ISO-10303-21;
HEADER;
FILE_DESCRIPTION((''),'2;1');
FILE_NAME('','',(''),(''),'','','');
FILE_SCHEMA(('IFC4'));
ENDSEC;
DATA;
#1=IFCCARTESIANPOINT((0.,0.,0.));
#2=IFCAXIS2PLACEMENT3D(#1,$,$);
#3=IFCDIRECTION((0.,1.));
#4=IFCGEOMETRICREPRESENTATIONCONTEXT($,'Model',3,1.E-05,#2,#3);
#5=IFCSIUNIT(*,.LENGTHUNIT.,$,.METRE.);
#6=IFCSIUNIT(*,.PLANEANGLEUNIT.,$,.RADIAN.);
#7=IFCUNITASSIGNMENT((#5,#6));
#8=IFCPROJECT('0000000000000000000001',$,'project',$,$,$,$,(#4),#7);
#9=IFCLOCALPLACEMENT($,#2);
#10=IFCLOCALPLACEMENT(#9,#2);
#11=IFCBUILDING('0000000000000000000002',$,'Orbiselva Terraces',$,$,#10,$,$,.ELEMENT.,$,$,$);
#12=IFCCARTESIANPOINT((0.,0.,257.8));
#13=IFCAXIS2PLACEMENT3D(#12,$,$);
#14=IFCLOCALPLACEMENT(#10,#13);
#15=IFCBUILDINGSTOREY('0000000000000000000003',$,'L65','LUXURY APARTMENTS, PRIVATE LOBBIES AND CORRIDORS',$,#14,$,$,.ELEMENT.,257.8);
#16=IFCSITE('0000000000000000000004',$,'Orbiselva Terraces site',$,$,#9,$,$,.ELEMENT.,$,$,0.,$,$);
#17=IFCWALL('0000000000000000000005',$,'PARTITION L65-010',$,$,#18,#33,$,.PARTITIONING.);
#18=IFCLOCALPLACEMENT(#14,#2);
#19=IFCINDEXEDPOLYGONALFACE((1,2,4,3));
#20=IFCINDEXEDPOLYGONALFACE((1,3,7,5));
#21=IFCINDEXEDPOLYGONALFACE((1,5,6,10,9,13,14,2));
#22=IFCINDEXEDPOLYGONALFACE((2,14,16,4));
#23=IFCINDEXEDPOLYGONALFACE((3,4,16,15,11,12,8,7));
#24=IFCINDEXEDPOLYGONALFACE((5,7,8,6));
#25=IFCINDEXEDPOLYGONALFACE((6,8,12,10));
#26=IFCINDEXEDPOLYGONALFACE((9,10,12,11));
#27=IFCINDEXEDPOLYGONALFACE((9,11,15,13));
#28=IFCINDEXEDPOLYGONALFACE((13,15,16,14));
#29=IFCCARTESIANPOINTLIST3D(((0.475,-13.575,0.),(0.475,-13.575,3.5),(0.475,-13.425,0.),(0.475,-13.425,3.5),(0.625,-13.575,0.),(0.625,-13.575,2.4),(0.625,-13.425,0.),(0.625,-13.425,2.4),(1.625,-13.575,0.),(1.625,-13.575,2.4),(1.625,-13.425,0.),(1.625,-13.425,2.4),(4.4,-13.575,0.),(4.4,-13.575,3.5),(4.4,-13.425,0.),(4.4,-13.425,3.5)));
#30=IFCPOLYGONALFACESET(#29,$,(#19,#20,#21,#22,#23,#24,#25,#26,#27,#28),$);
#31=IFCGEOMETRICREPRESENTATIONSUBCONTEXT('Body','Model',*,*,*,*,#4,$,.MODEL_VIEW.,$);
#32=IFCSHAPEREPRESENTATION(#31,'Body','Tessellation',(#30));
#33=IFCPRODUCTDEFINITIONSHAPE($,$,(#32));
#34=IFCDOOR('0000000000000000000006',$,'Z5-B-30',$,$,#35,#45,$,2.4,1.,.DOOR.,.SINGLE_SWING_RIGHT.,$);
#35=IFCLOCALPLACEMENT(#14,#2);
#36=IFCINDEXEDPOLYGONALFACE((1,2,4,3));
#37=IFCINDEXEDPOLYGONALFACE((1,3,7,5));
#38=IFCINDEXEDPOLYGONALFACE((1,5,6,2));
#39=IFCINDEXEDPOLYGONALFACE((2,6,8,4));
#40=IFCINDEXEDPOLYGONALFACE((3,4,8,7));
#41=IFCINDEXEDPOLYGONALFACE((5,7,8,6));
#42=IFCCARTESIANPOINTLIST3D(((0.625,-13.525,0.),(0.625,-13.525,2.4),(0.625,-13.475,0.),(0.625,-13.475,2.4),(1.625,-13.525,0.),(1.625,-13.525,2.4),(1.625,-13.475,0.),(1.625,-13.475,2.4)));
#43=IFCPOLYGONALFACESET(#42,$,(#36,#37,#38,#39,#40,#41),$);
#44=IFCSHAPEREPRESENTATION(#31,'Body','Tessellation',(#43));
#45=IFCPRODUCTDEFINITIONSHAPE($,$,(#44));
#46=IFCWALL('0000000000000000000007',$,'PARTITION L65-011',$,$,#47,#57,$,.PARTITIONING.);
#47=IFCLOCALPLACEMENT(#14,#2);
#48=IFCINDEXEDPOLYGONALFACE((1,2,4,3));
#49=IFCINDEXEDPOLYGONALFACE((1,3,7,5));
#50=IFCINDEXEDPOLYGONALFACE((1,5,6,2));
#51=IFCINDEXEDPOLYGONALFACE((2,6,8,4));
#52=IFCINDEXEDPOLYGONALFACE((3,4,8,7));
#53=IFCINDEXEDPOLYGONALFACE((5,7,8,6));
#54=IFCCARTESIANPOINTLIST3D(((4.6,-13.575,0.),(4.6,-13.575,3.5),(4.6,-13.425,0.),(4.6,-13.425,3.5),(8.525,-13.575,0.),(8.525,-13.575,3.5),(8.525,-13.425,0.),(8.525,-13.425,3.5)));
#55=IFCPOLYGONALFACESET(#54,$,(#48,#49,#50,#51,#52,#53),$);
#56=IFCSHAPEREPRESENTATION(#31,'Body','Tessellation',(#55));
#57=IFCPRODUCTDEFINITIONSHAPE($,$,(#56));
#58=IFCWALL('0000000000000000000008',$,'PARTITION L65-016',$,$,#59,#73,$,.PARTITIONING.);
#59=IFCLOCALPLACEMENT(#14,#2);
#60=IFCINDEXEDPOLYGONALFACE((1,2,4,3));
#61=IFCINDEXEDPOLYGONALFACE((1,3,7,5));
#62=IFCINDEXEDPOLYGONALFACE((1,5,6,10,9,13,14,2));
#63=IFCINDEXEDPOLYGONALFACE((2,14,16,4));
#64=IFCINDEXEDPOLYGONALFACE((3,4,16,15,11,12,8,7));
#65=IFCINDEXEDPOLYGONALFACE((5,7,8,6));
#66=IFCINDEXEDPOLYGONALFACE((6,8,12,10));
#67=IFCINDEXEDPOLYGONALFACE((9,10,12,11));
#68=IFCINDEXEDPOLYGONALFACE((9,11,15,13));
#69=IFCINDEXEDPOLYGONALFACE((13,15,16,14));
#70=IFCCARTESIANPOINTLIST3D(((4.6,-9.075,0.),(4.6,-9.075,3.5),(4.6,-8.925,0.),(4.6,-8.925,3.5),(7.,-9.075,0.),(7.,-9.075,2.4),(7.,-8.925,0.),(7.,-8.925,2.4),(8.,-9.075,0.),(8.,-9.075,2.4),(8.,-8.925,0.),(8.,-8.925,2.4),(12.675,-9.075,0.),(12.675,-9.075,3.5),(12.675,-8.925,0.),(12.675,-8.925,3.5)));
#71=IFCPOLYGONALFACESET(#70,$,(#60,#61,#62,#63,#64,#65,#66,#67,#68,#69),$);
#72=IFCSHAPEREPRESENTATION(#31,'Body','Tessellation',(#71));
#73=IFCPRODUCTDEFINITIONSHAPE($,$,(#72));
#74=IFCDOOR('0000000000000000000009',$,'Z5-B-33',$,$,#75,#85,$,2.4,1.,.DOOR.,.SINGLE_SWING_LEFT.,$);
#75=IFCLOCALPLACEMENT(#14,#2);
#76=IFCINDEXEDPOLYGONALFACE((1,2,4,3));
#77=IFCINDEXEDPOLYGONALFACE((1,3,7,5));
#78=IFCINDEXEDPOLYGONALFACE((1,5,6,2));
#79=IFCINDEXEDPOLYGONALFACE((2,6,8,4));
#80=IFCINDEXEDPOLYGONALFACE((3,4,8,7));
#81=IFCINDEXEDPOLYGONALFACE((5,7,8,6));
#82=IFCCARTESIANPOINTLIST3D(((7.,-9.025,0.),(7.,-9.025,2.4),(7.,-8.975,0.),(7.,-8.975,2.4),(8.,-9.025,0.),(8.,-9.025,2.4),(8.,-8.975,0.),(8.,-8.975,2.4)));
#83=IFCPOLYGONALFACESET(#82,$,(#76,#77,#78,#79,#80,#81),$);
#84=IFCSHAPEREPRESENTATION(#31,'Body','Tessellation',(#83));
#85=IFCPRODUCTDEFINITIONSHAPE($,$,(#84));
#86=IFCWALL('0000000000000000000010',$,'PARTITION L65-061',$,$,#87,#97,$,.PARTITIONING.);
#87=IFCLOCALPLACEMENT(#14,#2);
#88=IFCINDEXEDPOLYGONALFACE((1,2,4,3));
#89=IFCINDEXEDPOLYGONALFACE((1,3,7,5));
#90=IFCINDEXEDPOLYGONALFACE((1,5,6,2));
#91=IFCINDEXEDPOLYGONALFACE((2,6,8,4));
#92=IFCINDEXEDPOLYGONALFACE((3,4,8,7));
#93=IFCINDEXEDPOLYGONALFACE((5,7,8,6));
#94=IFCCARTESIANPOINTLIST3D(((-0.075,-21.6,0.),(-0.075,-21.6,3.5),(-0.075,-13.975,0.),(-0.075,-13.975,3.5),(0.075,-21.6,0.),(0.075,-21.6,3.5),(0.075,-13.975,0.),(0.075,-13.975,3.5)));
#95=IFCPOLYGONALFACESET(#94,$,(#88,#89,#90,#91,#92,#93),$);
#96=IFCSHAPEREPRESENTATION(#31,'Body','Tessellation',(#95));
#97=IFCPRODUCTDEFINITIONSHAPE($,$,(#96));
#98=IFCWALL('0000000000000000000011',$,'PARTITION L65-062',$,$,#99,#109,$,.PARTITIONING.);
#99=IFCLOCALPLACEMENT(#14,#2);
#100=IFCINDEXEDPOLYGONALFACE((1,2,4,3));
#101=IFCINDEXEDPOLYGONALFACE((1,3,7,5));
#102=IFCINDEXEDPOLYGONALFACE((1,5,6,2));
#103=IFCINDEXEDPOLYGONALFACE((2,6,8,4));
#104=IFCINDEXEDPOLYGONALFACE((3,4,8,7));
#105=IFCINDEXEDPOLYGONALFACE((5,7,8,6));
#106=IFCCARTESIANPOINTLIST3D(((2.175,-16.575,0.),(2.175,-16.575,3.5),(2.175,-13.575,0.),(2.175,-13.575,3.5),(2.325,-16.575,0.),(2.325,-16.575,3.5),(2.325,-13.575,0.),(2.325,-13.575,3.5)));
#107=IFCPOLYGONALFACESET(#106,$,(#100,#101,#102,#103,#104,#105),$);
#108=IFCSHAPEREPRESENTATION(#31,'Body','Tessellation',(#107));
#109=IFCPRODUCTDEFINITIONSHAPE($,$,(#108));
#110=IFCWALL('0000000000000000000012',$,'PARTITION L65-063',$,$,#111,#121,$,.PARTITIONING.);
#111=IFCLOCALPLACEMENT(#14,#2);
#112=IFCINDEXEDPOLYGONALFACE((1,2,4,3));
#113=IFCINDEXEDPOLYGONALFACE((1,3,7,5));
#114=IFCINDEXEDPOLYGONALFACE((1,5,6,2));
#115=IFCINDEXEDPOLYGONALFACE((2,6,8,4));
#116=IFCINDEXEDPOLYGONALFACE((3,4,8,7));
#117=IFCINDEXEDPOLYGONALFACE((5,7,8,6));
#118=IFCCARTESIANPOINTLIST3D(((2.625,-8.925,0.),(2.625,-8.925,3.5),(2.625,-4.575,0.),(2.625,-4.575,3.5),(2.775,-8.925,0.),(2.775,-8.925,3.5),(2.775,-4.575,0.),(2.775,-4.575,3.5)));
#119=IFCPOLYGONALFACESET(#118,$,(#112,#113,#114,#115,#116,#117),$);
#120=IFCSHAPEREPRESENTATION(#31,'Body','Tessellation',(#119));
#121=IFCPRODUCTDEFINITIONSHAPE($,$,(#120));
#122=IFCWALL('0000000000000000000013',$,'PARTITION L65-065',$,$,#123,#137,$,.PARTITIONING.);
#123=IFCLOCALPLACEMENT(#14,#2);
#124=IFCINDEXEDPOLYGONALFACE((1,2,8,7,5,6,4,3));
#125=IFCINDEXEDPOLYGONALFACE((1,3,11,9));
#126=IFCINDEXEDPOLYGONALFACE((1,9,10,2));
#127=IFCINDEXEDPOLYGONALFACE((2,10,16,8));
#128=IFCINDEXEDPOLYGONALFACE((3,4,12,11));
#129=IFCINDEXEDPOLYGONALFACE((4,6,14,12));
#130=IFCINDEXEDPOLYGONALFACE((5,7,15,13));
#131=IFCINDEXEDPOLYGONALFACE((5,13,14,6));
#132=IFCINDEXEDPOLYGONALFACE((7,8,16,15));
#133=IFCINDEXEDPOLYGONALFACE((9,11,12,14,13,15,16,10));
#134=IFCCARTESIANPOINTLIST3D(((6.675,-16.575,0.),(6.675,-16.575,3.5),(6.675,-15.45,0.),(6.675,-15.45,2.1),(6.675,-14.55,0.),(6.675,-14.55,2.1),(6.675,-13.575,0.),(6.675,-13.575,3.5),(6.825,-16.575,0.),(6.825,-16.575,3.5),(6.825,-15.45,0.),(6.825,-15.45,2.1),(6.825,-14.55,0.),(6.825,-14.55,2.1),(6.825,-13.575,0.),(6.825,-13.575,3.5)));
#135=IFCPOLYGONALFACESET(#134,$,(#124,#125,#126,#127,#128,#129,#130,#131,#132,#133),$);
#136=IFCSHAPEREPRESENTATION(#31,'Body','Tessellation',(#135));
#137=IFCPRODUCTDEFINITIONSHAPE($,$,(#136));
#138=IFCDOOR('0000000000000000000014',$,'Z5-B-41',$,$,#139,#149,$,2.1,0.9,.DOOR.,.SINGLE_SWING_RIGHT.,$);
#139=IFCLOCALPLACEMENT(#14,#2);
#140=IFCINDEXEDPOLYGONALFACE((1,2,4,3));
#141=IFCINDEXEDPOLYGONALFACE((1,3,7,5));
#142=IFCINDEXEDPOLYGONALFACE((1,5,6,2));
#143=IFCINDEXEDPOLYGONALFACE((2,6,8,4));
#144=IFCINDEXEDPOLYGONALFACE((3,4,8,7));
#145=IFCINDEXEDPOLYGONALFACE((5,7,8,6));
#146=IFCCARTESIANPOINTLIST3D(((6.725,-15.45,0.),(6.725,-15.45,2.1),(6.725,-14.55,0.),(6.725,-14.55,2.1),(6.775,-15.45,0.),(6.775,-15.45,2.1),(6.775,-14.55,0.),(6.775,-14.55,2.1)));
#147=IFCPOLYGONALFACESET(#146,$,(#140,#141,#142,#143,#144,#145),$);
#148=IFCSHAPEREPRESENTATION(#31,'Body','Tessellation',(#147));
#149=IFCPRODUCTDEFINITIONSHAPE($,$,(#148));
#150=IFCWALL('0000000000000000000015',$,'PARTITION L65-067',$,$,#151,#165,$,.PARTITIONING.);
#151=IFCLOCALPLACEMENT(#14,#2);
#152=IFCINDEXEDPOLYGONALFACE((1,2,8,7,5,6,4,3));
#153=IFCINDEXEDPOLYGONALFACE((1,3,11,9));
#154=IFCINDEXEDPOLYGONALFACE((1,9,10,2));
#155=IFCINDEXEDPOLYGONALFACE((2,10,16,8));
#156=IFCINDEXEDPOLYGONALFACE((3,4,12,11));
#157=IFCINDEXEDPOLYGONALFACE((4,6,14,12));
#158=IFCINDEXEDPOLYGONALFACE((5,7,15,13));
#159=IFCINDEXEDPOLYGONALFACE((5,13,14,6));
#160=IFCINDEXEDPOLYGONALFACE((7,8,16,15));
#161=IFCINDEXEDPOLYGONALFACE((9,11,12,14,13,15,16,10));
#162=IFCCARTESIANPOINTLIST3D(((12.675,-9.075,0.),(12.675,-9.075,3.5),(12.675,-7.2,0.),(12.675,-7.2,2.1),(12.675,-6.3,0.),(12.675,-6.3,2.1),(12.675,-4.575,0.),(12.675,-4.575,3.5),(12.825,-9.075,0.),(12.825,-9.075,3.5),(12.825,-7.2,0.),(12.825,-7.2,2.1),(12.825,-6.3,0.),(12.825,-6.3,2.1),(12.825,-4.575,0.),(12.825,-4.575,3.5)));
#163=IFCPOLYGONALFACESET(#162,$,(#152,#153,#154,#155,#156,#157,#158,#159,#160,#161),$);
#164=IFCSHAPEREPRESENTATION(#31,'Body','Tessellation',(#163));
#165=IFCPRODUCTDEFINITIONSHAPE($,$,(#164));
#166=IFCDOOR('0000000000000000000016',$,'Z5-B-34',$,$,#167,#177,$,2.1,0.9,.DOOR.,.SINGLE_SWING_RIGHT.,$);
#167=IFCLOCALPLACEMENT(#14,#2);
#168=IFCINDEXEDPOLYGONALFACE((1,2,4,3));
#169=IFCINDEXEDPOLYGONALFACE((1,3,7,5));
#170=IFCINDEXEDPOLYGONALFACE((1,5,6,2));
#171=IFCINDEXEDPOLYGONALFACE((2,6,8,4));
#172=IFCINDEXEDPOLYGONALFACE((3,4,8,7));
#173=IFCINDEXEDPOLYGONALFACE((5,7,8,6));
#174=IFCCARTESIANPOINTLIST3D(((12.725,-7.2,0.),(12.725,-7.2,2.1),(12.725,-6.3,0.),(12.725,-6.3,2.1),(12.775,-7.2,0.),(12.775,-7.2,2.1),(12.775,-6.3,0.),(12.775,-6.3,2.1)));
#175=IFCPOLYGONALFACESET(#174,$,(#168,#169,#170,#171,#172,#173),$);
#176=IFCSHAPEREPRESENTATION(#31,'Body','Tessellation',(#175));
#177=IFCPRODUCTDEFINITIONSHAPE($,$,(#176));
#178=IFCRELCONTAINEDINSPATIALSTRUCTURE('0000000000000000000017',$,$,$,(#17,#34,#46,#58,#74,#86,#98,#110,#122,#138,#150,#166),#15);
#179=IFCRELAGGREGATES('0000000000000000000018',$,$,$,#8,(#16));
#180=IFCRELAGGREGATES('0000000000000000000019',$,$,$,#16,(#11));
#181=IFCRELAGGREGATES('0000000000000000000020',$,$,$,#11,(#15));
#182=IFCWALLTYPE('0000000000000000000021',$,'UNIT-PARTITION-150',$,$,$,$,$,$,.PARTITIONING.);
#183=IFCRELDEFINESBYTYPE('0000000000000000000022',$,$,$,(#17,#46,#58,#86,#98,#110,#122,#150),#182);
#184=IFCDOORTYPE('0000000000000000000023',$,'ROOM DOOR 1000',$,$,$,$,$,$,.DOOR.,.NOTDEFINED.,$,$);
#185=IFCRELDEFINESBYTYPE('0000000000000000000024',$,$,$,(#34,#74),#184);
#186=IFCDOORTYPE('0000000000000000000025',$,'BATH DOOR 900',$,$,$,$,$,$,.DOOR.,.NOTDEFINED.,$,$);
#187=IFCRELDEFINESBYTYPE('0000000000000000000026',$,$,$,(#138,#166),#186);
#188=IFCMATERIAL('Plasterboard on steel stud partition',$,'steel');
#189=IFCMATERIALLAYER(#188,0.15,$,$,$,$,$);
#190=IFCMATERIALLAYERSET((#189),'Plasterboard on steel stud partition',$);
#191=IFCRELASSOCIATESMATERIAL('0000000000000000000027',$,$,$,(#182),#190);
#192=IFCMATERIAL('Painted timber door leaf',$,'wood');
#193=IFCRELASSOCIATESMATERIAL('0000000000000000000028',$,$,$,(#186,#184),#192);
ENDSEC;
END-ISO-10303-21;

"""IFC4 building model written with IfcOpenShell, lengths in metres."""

from ifc_helpers import new_model, si_unit, direction, frame, frame_2d, origin, place, context, subcontext, project, spatial, rectangle, extrude, material, layer, layer_set, type_object, element, fill, save


model = new_model("IFC4")

# Units and contexts
model_context = context("Model", 3, precision=1e-05, world=origin(), true_north=direction((0.0, 1.0)))
body_context = subcontext(model_context, "Body", "Model", "MODEL_VIEW")
ifc_project = project(units=[si_unit("LENGTHUNIT", "METRE"), si_unit("PLANEANGLEUNIT", "RADIAN")], contexts=[model_context])

# Site, building, storey
site_placement = place(None, origin())
site = spatial("IfcSite", under=ifc_project, at=site_placement, Name="Orbiselva Terraces site", CompositionType="ELEMENT", RefElevation=0.0)
building_placement = place(site_placement, origin())
building = spatial("IfcBuilding", under=site, at=building_placement, Name="Orbiselva Terraces", CompositionType="ELEMENT")
storey_placement = place(building_placement, frame((0.0, 0.0, 257.8)))
storey = spatial("IfcBuildingStorey", under=building, at=storey_placement, Name="L65", Description="LUXURY APARTMENTS, PRIVATE LOBBIES AND CORRIDORS", CompositionType="ELEMENT", Elevation=257.8)

# Shared definitions
ifc_material_1 = material(Name="Plasterboard on steel stud partition", Category="steel")
ifc_layer_1 = layer(ifc_material_1, 0.15)
ifc_layer_set_1 = layer_set([ifc_layer_1], Name="Plasterboard on steel stud partition")
wall_type_1 = type_object("IfcWallType", Name="UNIT-PARTITION-150", PredefinedType="PARTITIONING", material=ifc_layer_set_1)
ifc_material_2 = material(Name="Painted timber door leaf", Category="wood")
door_type_1 = type_object("IfcDoorType", Name="BATH DOOR 900", OperationType="NOTDEFINED", PredefinedType="DOOR", material=ifc_material_2)

# Wall, opening, door
wall_1_placement = place(storey_placement, frame((4.4, -13.5, 0.0), z_axis=(0.0, 0.0, 1.0), x_axis=(-1.0, 0.0, 0.0)))
wall_1 = element("IfcWall", 1, at=wall_1_placement, inside=storey, type_object=wall_type_1, Name="PARTITION L65-010", PredefinedType="PARTITIONING", context=body_context, shape_type="SweptSolid", body=[
    extrude(rectangle(XDim=3.925, YDim=0.15, at=frame_2d((1.9625, 0.0))), origin(), (0.0, 0.0, 1.0), 3.5),
])
opening_1_placement = place(wall_1_placement, frame((2.775, 0.0, 0.0)))
opening_1 = element("IfcOpeningElement", 2, at=opening_1_placement, cuts=wall_1, PredefinedType="OPENING", context=body_context, shape_type="SweptSolid", body=[
    extrude(rectangle(XDim=1.0, YDim=2.4, at=frame_2d((0.5, 1.2))), frame((0.0, 0.085, 0.0), z_axis=(0.0, -1.0, 0.0), x_axis=(1.0, 0.0, 0.0)), (0.0, 0.0, 1.0), 0.17),
])
door_type_2 = type_object("IfcDoorType", Name="ROOM DOOR 1000", OperationType="NOTDEFINED", PredefinedType="DOOR", material=ifc_material_2)
door_1_placement = place(opening_1_placement, origin())
door_1 = element("IfcDoor", 3, at=door_1_placement, inside=storey, type_object=door_type_2, Name="Z5-B-30", OperationType="SINGLE_SWING_RIGHT", OverallHeight=2.4, OverallWidth=1.0, PredefinedType="DOOR", context=body_context, shape_type="SweptSolid", body=[
    extrude(rectangle(XDim=1.0, YDim=2.4, at=frame_2d((0.5, 1.2))), frame((0.0, 0.025, 0.0), z_axis=(0.0, -1.0, 0.0), x_axis=(1.0, 0.0, 0.0)), (0.0, 0.0, 1.0), 0.05),
])
fill(opening_1, door_1)

# Wall
wall_2_placement = place(storey_placement, frame((4.6, -13.5, 0.0), z_axis=(0.0, 0.0, 1.0), x_axis=(1.0, 0.0, 0.0)))
element("IfcWall", 4, at=wall_2_placement, inside=storey, type_object=wall_type_1, Name="PARTITION L65-011", PredefinedType="PARTITIONING", context=body_context, shape_type="SweptSolid", body=[
    extrude(rectangle(XDim=3.925, YDim=0.15, at=frame_2d((1.9625, 0.0))), origin(), (0.0, 0.0, 1.0), 3.5),
])

# Wall, opening, door
wall_3_placement = place(storey_placement, frame((4.6, -9.0, 0.0), z_axis=(0.0, 0.0, 1.0), x_axis=(1.0, 0.0, 0.0)))
wall_3 = element("IfcWall", 5, at=wall_3_placement, inside=storey, type_object=wall_type_1, Name="PARTITION L65-016", PredefinedType="PARTITIONING", context=body_context, shape_type="SweptSolid", body=[
    extrude(rectangle(XDim=8.075, YDim=0.15, at=frame_2d((4.0375, 0.0))), origin(), (0.0, 0.0, 1.0), 3.5),
])
opening_2_placement = place(wall_3_placement, frame((2.4, 0.0, 0.0)))
opening_2 = element("IfcOpeningElement", 6, at=opening_2_placement, cuts=wall_3, PredefinedType="OPENING", context=body_context, shape_type="SweptSolid", body=[
    extrude(rectangle(XDim=1.0, YDim=2.4, at=frame_2d((0.5, 1.2))), frame((0.0, 0.085, 0.0), z_axis=(0.0, -1.0, 0.0), x_axis=(1.0, 0.0, 0.0)), (0.0, 0.0, 1.0), 0.17),
])
door_2_placement = place(opening_2_placement, origin())
door_2 = element("IfcDoor", 7, at=door_2_placement, inside=storey, type_object=door_type_2, Name="Z5-B-33", OperationType="SINGLE_SWING_LEFT", OverallHeight=2.4, OverallWidth=1.0, PredefinedType="DOOR", context=body_context, shape_type="SweptSolid", body=[
    extrude(rectangle(XDim=1.0, YDim=2.4, at=frame_2d((0.5, 1.2))), frame((0.0, 0.025, 0.0), z_axis=(0.0, -1.0, 0.0), x_axis=(1.0, 0.0, 0.0)), (0.0, 0.0, 1.0), 0.05),
])
fill(opening_2, door_2)

# Walls
wall_4_placement = place(storey_placement, frame((0.0, -21.6, 0.0), z_axis=(0.0, 0.0, 1.0), x_axis=(0.0, 1.0, 0.0)))
element("IfcWall", 8, at=wall_4_placement, inside=storey, type_object=wall_type_1, Name="PARTITION L65-061", PredefinedType="PARTITIONING", context=body_context, shape_type="SweptSolid", body=[
    extrude(rectangle(XDim=7.625, YDim=0.15, at=frame_2d((3.8125, 0.0))), origin(), (0.0, 0.0, 1.0), 3.5),
])
wall_5_placement = place(storey_placement, frame((2.25, -16.575, 0.0), z_axis=(0.0, 0.0, 1.0), x_axis=(0.0, 1.0, 0.0)))
element("IfcWall", 9, at=wall_5_placement, inside=storey, type_object=wall_type_1, Name="PARTITION L65-062", PredefinedType="PARTITIONING", context=body_context, shape_type="SweptSolid", body=[
    extrude(rectangle(XDim=3.0, YDim=0.15, at=frame_2d((1.5, 0.0))), origin(), (0.0, 0.0, 1.0), 3.5),
])
wall_6_placement = place(storey_placement, frame((2.7, -8.925, 0.0), z_axis=(0.0, 0.0, 1.0), x_axis=(0.0, 1.0, 0.0)))
element("IfcWall", 10, at=wall_6_placement, inside=storey, type_object=wall_type_1, Name="PARTITION L65-063", PredefinedType="PARTITIONING", context=body_context, shape_type="SweptSolid", body=[
    extrude(rectangle(XDim=4.35, YDim=0.15, at=frame_2d((2.175, 0.0))), origin(), (0.0, 0.0, 1.0), 3.5),
])

# Walls, openings, doors
wall_7_placement = place(storey_placement, frame((6.75, -16.575, 0.0), z_axis=(0.0, 0.0, 1.0), x_axis=(0.0, 1.0, 0.0)))
wall_7 = element("IfcWall", 11, at=wall_7_placement, inside=storey, type_object=wall_type_1, Name="PARTITION L65-065", PredefinedType="PARTITIONING", context=body_context, shape_type="SweptSolid", body=[
    extrude(rectangle(XDim=3.0, YDim=0.15, at=frame_2d((1.5, 0.0))), origin(), (0.0, 0.0, 1.0), 3.5),
])
opening_3_placement = place(wall_7_placement, frame((1.125, 0.0, 0.0)))
opening_3 = element("IfcOpeningElement", 12, at=opening_3_placement, cuts=wall_7, PredefinedType="OPENING", context=body_context, shape_type="SweptSolid", body=[
    extrude(rectangle(XDim=0.9, YDim=2.1, at=frame_2d((0.45, 1.05))), frame((0.0, 0.085, 0.0), z_axis=(0.0, -1.0, 0.0), x_axis=(1.0, 0.0, 0.0)), (0.0, 0.0, 1.0), 0.17),
])
door_3_placement = place(opening_3_placement, origin())
door_3 = element("IfcDoor", 13, at=door_3_placement, inside=storey, type_object=door_type_1, Name="Z5-B-41", OperationType="SINGLE_SWING_RIGHT", OverallHeight=2.1, OverallWidth=0.9, PredefinedType="DOOR", context=body_context, shape_type="SweptSolid", body=[
    extrude(rectangle(XDim=0.9, YDim=2.1, at=frame_2d((0.45, 1.05))), frame((0.0, 0.025, 0.0), z_axis=(0.0, -1.0, 0.0), x_axis=(1.0, 0.0, 0.0)), (0.0, 0.0, 1.0), 0.05),
])
fill(opening_3, door_3)
wall_8_placement = place(storey_placement, frame((12.75, -9.075, 0.0), z_axis=(0.0, 0.0, 1.0), x_axis=(0.0, 1.0, 0.0)))
wall_8 = element("IfcWall", 14, at=wall_8_placement, inside=storey, type_object=wall_type_1, Name="PARTITION L65-067", PredefinedType="PARTITIONING", context=body_context, shape_type="SweptSolid", body=[
    extrude(rectangle(XDim=4.5, YDim=0.15, at=frame_2d((2.25, 0.0))), origin(), (0.0, 0.0, 1.0), 3.5),
])
opening_4_placement = place(wall_8_placement, frame((1.875, 0.0, 0.0)))
opening_4 = element("IfcOpeningElement", 15, at=opening_4_placement, cuts=wall_8, PredefinedType="OPENING", context=body_context, shape_type="SweptSolid", body=[
    extrude(rectangle(XDim=0.9, YDim=2.1, at=frame_2d((0.45, 1.05))), frame((0.0, 0.085, 0.0), z_axis=(0.0, -1.0, 0.0), x_axis=(1.0, 0.0, 0.0)), (0.0, 0.0, 1.0), 0.17),
])
door_4_placement = place(opening_4_placement, origin())
door_4 = element("IfcDoor", 16, at=door_4_placement, inside=storey, type_object=door_type_1, Name="Z5-B-34", OperationType="SINGLE_SWING_RIGHT", OverallHeight=2.1, OverallWidth=0.9, PredefinedType="DOOR", context=body_context, shape_type="SweptSolid", body=[
    extrude(rectangle(XDim=0.9, YDim=2.1, at=frame_2d((0.45, 1.05))), frame((0.0, 0.025, 0.0), z_axis=(0.0, -1.0, 0.0), x_axis=(1.0, 0.0, 0.0)), (0.0, 0.0, 1.0), 0.05),
])
fill(opening_4, door_4)

save(model, "model.ifc")
